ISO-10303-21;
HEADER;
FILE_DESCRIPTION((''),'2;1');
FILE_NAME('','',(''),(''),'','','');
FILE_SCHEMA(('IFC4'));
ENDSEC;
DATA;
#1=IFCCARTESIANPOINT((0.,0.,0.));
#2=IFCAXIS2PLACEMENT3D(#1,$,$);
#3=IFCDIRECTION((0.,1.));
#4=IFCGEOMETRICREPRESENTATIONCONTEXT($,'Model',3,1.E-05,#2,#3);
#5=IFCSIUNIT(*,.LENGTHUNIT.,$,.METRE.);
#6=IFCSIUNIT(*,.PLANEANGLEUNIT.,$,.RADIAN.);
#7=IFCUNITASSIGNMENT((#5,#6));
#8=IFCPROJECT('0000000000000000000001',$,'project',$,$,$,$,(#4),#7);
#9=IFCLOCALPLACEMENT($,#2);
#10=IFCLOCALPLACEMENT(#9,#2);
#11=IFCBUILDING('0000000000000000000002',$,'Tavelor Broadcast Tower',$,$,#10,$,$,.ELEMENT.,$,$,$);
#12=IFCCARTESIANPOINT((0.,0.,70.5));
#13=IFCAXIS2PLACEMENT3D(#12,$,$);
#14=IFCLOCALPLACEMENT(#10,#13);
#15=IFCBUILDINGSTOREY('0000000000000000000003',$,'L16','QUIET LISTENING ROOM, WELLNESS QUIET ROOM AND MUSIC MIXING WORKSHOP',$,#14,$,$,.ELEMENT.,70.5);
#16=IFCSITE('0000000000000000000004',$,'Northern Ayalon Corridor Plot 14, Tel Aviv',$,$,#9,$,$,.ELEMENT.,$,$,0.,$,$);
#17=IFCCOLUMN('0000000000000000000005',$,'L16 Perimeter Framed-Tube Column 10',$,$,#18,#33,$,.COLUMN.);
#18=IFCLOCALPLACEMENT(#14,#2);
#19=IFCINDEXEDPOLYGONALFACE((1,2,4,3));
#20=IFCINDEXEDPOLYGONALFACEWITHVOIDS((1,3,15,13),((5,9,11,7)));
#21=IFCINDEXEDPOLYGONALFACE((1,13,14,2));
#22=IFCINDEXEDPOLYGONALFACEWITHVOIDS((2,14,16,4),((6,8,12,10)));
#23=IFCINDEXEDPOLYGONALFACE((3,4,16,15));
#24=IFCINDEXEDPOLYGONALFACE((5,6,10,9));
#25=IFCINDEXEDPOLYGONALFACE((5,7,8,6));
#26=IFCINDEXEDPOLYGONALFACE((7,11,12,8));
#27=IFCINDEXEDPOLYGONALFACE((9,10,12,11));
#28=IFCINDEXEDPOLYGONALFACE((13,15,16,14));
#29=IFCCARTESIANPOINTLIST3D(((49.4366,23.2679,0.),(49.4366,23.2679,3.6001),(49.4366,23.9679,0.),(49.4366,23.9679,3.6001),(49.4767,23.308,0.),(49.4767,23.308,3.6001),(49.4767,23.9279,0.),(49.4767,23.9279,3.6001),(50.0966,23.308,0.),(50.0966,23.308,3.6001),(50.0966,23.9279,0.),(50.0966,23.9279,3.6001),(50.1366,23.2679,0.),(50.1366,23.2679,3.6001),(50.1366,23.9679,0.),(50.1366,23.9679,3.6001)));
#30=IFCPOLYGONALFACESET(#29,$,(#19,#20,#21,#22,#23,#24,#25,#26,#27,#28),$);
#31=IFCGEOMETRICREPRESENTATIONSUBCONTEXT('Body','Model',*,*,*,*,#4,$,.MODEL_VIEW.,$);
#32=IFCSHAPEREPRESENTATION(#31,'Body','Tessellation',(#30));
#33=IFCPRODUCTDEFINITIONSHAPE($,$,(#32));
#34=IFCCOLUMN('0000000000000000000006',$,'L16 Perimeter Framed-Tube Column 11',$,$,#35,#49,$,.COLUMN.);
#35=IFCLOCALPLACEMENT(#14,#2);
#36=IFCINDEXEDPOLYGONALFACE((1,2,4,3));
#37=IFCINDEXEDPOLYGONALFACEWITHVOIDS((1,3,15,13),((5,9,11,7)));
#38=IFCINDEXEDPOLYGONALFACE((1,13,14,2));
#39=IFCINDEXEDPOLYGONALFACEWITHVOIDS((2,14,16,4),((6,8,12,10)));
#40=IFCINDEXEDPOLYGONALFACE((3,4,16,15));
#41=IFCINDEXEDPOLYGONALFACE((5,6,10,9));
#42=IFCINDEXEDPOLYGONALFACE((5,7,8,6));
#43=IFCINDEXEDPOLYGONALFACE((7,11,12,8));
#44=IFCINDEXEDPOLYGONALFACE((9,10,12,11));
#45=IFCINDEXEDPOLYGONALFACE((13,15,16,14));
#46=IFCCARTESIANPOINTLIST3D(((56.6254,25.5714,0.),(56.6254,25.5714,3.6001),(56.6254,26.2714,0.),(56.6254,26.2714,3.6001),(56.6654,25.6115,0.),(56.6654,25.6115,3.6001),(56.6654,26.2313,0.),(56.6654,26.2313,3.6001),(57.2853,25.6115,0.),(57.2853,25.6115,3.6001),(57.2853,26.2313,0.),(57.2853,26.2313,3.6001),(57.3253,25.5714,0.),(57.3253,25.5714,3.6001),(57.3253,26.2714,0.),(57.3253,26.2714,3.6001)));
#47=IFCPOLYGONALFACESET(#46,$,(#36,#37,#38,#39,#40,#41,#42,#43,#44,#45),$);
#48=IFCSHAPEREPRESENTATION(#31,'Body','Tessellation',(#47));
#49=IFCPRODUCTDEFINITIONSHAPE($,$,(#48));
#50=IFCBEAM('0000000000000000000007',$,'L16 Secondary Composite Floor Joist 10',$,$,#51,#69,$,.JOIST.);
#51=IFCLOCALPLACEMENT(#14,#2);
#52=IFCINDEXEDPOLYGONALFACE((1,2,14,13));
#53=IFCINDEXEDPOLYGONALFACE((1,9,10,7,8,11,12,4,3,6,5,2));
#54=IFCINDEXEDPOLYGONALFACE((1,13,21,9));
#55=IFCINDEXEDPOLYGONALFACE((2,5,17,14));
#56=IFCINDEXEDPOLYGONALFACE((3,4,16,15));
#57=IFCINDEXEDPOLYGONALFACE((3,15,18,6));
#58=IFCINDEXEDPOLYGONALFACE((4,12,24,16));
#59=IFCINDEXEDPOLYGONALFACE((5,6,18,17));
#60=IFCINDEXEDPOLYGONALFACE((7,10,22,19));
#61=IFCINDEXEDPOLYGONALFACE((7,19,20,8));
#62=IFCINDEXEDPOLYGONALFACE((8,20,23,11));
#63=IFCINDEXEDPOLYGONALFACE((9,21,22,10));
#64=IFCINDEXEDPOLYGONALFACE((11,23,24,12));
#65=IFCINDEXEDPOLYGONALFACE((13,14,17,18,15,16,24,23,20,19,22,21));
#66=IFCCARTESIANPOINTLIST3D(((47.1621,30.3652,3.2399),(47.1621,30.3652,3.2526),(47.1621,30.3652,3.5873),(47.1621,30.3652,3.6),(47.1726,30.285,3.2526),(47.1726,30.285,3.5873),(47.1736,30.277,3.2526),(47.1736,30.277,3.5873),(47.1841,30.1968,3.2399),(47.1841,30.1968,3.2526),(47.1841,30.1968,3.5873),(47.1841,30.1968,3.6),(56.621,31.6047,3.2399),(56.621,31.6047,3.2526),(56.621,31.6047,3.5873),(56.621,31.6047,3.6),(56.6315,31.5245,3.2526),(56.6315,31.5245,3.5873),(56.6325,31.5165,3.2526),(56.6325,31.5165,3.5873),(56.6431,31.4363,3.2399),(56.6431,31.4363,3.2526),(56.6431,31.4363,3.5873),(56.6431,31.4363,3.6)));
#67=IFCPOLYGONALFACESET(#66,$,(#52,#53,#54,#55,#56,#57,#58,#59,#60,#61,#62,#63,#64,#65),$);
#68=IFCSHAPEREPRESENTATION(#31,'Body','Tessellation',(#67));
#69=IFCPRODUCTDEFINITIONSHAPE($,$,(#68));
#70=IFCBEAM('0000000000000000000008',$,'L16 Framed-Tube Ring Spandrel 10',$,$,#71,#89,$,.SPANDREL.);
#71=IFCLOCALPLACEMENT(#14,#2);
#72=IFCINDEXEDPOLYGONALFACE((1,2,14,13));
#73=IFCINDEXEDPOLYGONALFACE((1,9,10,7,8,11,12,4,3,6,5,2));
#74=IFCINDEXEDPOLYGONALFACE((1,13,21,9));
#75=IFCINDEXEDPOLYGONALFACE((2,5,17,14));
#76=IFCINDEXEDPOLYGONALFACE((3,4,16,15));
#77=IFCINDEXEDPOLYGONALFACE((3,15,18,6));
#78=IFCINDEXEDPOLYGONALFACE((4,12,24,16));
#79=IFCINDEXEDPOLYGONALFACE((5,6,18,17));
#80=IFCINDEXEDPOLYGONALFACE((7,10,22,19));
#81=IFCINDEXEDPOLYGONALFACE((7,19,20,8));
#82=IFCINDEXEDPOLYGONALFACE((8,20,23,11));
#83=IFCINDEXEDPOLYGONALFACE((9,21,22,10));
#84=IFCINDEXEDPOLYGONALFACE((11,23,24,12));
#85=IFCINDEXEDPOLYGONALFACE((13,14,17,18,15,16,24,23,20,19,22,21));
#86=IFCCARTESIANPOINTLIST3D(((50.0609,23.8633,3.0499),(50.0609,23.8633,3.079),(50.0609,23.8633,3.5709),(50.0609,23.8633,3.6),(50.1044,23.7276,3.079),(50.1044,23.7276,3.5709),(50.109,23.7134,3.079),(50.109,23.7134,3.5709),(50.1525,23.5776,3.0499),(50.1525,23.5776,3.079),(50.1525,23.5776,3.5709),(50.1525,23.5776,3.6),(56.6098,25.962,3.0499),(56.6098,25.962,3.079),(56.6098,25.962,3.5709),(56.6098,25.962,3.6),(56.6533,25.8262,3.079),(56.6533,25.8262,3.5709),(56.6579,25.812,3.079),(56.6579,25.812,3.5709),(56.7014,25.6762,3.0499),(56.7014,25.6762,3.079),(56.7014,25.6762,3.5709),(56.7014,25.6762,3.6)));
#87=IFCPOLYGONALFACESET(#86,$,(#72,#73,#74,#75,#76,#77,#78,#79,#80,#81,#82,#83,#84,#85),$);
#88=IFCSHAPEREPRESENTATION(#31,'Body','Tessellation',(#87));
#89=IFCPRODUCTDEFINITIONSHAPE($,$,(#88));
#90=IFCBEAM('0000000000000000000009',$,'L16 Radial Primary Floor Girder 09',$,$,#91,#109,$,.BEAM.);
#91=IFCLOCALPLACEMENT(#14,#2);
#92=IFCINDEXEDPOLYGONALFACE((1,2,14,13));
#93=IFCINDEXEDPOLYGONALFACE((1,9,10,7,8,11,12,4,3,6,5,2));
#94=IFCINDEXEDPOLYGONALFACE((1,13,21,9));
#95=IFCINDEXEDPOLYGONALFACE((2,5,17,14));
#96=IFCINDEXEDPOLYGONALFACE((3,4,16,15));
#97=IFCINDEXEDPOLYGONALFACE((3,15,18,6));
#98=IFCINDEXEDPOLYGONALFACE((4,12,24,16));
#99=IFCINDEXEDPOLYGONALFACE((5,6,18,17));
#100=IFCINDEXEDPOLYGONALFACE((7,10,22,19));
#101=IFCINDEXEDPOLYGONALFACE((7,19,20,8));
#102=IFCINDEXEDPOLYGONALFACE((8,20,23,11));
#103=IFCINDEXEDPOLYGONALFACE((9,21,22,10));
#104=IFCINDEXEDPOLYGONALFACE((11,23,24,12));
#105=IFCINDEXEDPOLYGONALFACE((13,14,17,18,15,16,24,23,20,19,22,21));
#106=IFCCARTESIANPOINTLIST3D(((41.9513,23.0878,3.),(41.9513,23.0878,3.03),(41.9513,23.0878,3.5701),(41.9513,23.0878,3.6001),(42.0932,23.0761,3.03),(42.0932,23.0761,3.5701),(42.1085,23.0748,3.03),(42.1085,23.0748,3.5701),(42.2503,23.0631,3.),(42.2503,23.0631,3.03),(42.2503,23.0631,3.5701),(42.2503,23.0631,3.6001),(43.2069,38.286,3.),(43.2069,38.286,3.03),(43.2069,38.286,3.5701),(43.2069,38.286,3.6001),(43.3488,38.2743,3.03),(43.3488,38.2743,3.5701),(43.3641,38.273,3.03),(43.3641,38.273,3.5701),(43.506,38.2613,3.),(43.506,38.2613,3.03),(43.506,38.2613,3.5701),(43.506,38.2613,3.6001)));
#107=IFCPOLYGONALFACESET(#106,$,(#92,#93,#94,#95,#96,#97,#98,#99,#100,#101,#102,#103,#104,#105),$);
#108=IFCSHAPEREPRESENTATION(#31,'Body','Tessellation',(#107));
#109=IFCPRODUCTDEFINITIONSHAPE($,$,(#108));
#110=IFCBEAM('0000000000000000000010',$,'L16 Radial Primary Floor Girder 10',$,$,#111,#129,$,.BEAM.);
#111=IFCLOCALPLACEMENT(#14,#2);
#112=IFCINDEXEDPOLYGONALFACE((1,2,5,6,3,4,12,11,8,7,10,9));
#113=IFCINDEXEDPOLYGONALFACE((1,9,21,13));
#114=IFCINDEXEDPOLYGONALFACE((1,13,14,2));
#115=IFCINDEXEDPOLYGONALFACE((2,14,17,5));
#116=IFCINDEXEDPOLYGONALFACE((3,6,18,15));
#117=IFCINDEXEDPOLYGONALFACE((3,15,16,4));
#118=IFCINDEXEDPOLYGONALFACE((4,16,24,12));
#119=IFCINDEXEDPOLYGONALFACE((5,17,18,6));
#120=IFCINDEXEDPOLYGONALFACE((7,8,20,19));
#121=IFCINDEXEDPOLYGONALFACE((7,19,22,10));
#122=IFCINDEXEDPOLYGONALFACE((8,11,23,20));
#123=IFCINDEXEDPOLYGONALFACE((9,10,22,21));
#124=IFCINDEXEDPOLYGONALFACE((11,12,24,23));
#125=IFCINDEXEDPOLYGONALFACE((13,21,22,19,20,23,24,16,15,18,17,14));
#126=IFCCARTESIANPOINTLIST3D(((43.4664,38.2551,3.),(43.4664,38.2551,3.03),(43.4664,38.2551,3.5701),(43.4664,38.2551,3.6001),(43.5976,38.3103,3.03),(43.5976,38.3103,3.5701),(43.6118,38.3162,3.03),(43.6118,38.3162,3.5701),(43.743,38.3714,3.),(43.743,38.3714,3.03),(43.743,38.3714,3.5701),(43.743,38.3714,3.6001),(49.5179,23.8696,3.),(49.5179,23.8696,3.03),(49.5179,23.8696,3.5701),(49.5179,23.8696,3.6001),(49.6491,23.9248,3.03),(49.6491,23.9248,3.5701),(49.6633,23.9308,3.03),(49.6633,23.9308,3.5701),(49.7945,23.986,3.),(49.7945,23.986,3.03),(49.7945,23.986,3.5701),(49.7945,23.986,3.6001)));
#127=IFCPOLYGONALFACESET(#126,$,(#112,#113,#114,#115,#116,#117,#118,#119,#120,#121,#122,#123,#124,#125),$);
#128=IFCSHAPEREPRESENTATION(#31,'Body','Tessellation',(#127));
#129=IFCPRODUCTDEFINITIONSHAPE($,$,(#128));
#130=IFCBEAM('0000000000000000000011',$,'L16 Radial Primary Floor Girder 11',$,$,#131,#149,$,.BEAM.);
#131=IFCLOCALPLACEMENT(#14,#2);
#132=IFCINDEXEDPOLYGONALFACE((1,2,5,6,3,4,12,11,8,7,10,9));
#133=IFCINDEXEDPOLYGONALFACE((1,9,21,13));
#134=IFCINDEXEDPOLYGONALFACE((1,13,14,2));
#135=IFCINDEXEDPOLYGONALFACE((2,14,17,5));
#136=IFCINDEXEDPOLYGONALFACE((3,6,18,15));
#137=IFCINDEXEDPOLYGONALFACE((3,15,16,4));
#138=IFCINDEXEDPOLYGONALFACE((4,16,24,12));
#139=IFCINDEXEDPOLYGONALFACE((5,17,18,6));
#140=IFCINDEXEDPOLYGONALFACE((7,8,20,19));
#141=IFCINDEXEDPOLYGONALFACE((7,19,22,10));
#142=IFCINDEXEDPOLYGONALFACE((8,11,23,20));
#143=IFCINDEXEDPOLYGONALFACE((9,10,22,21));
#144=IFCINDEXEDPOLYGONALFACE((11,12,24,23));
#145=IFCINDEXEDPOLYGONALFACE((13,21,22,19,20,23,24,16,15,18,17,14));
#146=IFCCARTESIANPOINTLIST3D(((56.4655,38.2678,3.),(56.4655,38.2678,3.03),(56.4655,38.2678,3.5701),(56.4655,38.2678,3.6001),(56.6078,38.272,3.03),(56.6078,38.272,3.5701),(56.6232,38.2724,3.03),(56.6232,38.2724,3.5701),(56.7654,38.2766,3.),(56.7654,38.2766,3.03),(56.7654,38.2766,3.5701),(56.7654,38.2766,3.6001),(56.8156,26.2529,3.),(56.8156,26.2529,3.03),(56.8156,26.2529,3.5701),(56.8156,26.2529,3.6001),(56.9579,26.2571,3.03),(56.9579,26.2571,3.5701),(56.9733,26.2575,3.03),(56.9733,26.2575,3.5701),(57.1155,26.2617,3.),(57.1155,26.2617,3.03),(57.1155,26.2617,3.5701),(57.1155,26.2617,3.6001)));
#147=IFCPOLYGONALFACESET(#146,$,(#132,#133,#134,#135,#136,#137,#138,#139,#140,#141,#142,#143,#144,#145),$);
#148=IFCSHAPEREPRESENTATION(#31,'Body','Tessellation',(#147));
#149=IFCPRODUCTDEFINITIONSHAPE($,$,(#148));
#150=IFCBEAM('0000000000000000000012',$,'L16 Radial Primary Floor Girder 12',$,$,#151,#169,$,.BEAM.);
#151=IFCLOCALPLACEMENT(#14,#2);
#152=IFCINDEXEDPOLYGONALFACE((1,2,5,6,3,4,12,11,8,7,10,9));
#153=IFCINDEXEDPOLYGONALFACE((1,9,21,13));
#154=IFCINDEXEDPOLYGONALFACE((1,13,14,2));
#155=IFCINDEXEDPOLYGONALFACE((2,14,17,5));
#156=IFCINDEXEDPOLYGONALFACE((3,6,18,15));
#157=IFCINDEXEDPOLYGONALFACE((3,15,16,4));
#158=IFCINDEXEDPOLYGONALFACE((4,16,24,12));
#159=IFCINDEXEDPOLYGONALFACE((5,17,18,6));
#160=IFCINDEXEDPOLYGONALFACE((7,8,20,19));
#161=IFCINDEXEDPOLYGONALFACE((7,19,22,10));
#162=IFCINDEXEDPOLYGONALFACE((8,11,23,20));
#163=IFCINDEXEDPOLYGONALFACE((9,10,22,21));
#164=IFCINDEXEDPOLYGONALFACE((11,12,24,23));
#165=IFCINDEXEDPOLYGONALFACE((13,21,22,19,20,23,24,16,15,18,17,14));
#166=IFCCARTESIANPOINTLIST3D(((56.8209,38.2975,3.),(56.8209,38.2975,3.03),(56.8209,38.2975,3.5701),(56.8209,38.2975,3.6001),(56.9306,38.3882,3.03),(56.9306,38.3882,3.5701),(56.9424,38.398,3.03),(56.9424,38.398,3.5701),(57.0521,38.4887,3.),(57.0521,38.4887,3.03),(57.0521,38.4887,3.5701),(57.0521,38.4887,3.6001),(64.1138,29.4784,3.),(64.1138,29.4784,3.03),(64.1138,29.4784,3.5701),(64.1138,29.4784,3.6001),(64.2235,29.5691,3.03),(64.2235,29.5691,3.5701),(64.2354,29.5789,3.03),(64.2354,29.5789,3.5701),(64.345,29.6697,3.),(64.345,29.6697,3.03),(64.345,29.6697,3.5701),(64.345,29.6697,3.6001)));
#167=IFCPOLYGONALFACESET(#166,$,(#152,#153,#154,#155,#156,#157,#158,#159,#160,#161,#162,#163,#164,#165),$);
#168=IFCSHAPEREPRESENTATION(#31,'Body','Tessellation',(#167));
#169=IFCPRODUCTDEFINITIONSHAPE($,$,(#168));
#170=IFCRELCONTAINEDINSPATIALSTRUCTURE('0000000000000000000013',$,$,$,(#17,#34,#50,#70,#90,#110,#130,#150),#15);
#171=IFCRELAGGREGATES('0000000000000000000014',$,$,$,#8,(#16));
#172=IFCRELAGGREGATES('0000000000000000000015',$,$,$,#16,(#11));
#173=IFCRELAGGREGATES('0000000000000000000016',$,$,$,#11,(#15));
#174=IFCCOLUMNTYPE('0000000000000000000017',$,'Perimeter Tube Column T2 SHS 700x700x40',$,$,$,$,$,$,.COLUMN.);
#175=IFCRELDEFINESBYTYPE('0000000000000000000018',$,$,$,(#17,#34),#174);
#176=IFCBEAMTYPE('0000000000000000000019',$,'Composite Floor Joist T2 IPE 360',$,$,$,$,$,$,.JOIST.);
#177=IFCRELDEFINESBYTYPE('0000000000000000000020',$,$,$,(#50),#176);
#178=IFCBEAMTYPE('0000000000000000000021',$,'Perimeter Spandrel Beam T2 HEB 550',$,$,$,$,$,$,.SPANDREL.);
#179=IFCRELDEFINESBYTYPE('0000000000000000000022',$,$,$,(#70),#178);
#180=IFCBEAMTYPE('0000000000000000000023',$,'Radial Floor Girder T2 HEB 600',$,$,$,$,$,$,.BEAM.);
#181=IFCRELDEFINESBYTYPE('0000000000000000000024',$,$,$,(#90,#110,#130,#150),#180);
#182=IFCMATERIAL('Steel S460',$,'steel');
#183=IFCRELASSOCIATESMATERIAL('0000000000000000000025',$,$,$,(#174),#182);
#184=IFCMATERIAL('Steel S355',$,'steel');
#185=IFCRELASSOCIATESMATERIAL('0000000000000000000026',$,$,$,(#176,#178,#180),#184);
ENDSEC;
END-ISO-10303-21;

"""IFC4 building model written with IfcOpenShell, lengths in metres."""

from ifc_helpers import new_model, si_unit, direction, frame, origin, origin_2d, place, context, subcontext, project, spatial, hollow_rectangle, i_section, extrude, material, material_profile, profile_set, type_object, element, save


model = new_model("IFC4")

# Units and contexts
model_context = context("Model", 3, precision=1e-05, world=origin(), true_north=direction((0.0, 1.0)))
body_context = subcontext(model_context, "Body", "Model", "MODEL_VIEW")
ifc_project = project(units=[si_unit("LENGTHUNIT", "METRE"), si_unit("PLANEANGLEUNIT", "RADIAN")], contexts=[model_context])

# Site, building, storey
site_placement = place(None, origin())
site = spatial("IfcSite", under=ifc_project, at=site_placement, Name="Northern Ayalon Corridor Plot 14, Tel Aviv", CompositionType="ELEMENT", RefElevation=0.0)
building_placement = place(site_placement, origin())
building = spatial("IfcBuilding", under=site, at=building_placement, Name="Tavelor Broadcast Tower", CompositionType="ELEMENT")
storey_placement = place(building_placement, frame((0.0, 0.0, 70.5)))
storey = spatial("IfcBuildingStorey", under=building, at=storey_placement, Name="L16", Description="QUIET LISTENING ROOM, WELLNESS QUIET ROOM AND MUSIC MIXING WORKSHOP", CompositionType="ELEMENT", Elevation=70.5)

# Columns
ifc_material_1 = material(Name="Steel S460", Category="steel")
ifc_material_profile_1 = material_profile(ifc_material_1, hollow_rectangle(XDim=0.7, YDim=0.7, WallThickness=0.04, at=origin_2d()), Name="SHS 700x700x40")
ifc_profile_set_1 = profile_set([ifc_material_profile_1], Name="Steel S460")
column_type = type_object("IfcColumnType", Name="Perimeter Tube Column T2 SHS 700x700x40", PredefinedType="COLUMN", material=ifc_profile_set_1)
for number, where, z_axis, x_axis, name in (
    (1, (49.7866, 23.6179, 0.0), (0.0, 0.0, 1.0), (1.0, 0.0, 0.0), "L16 Perimeter Framed-Tube Column 10"),
    (2, (56.9753, 25.9214, 0.0), (0.0, 0.0, 1.0), (1.0, 0.0, 0.0), "L16 Perimeter Framed-Tube Column 11"),
):
    element("IfcColumn", number, at=place(storey_placement, frame(where, z_axis=z_axis, x_axis=x_axis)), inside=storey, type_object=column_type, Name=name, PredefinedType="COLUMN", context=body_context, shape_type="SweptSolid", body=[
        extrude(hollow_rectangle(XDim=0.7, YDim=0.7, WallThickness=0.04, at=origin_2d()), origin(), (0.0, 0.0, 1.0), 3.6001),
    ])

# Beams
ifc_material_2 = material(Name="Steel S355", Category="steel")
ifc_material_profile_2 = material_profile(ifc_material_2, i_section(OverallWidth=0.1699, OverallDepth=0.3601, WebThickness=0.0081, FlangeThickness=0.0127, at=origin_2d()), Name="IPE 360")
ifc_profile_set_2 = profile_set([ifc_material_profile_2], Name="Steel S355")
beam_type_1 = type_object("IfcBeamType", Name="Composite Floor Joist T2 IPE 360", PredefinedType="JOIST", material=ifc_profile_set_2)
beam_1_placement = place(storey_placement, frame((47.1731, 30.281, 3.4199), z_axis=(0.991523, 0.129929, 0.0), x_axis=(-0.129929, 0.991523, 0.0)))
element("IfcBeam", 3, at=beam_1_placement, inside=storey, type_object=beam_type_1, Name="L16 Secondary Composite Floor Joist 10", PredefinedType="JOIST", context=body_context, shape_type="SweptSolid", body=[
    extrude(i_section(OverallWidth=0.1699, OverallDepth=0.3601, WebThickness=0.0081, FlangeThickness=0.0127, at=origin_2d()), origin(), (0.0, 0.0, 1.0), 9.5398),
])
ifc_material_profile_3 = material_profile(ifc_material_2, i_section(OverallWidth=0.3, OverallDepth=0.55, WebThickness=0.0149, FlangeThickness=0.0291, at=origin_2d()), Name="HEB 550")
ifc_profile_set_3 = profile_set([ifc_material_profile_3], Name="Steel S355")
beam_type_2 = type_object("IfcBeamType", Name="Perimeter Spandrel Beam T2 HEB 550", PredefinedType="SPANDREL", material=ifc_profile_set_3)
beam_2_placement = place(storey_placement, frame((50.1067, 23.7205, 3.325), z_axis=(0.952297, 0.305172, 0.0), x_axis=(-0.305172, 0.952297, 0.0)))
element("IfcBeam", 4, at=beam_2_placement, inside=storey, type_object=beam_type_2, Name="L16 Framed-Tube Ring Spandrel 10", PredefinedType="SPANDREL", context=body_context, shape_type="SweptSolid", body=[
    extrude(i_section(OverallWidth=0.3, OverallDepth=0.55, WebThickness=0.0149, FlangeThickness=0.0291, at=origin_2d()), origin(), (0.0, 0.0, 1.0), 6.877),
])
ifc_material_profile_4 = material_profile(ifc_material_2, i_section(OverallWidth=0.3, OverallDepth=0.6001, WebThickness=0.0154, FlangeThickness=0.03, at=origin_2d()), Name="HEB 600")
ifc_profile_set_4 = profile_set([ifc_material_profile_4], Name="Steel S355")
beam_type_3 = type_object("IfcBeamType", Name="Radial Floor Girder T2 HEB 600", PredefinedType="BEAM", material=ifc_profile_set_4)
beam_3_placement = place(storey_placement, frame((43.3564, 38.2737, 3.3), z_axis=(-0.082335, -0.996605, 0.0), x_axis=(0.996605, -0.082335, 0.0)))
element("IfcBeam", 5, at=beam_3_placement, inside=storey, type_object=beam_type_3, Name="L16 Radial Primary Floor Girder 09", PredefinedType="BEAM", context=body_context, shape_type="SweptSolid", body=[
    extrude(i_section(OverallWidth=0.3, OverallDepth=0.6001, WebThickness=0.0154, FlangeThickness=0.03, at=origin_2d()), origin(), (0.0, 0.0, 1.0), 15.25),
])
beam_4_placement = place(storey_placement, frame((43.6047, 38.3132, 3.3), z_axis=(0.387756, -0.921762, 0.0), x_axis=(0.921762, 0.387756, 0.0)))
element("IfcBeam", 6, at=beam_4_placement, inside=storey, type_object=beam_type_3, Name="L16 Radial Primary Floor Girder 10", PredefinedType="BEAM", context=body_context, shape_type="SweptSolid", body=[
    extrude(i_section(OverallWidth=0.3, OverallDepth=0.6001, WebThickness=0.0154, FlangeThickness=0.03, at=origin_2d()), origin(), (0.0, 0.0, 1.0), 15.6064),
])
beam_5_placement = place(storey_placement, frame((56.6155, 38.2722, 3.3), z_axis=(0.029126, -0.999576, 0.0), x_axis=(0.999576, 0.029126, 0.0)))
element("IfcBeam", 7, at=beam_5_placement, inside=storey, type_object=beam_type_3, Name="L16 Radial Primary Floor Girder 11", PredefinedType="BEAM", context=body_context, shape_type="SweptSolid", body=[
    extrude(i_section(OverallWidth=0.3, OverallDepth=0.6001, WebThickness=0.0154, FlangeThickness=0.03, at=origin_2d()), origin(), (0.0, 0.0, 1.0), 12.02),
])
beam_6_placement = place(storey_placement, frame((56.9365, 38.3931, 3.3), z_axis=(0.637278, -0.770634, 0.0), x_axis=(0.770634, 0.637278, 0.0)))
element("IfcBeam", 8, at=beam_6_placement, inside=storey, type_object=beam_type_3, Name="L16 Radial Primary Floor Girder 12", PredefinedType="BEAM", context=body_context, shape_type="SweptSolid", body=[
    extrude(i_section(OverallWidth=0.3, OverallDepth=0.6001, WebThickness=0.0154, FlangeThickness=0.03, at=origin_2d()), origin(), (0.0, 0.0, 1.0), 11.4438),
])

save(model, "model.ifc")
